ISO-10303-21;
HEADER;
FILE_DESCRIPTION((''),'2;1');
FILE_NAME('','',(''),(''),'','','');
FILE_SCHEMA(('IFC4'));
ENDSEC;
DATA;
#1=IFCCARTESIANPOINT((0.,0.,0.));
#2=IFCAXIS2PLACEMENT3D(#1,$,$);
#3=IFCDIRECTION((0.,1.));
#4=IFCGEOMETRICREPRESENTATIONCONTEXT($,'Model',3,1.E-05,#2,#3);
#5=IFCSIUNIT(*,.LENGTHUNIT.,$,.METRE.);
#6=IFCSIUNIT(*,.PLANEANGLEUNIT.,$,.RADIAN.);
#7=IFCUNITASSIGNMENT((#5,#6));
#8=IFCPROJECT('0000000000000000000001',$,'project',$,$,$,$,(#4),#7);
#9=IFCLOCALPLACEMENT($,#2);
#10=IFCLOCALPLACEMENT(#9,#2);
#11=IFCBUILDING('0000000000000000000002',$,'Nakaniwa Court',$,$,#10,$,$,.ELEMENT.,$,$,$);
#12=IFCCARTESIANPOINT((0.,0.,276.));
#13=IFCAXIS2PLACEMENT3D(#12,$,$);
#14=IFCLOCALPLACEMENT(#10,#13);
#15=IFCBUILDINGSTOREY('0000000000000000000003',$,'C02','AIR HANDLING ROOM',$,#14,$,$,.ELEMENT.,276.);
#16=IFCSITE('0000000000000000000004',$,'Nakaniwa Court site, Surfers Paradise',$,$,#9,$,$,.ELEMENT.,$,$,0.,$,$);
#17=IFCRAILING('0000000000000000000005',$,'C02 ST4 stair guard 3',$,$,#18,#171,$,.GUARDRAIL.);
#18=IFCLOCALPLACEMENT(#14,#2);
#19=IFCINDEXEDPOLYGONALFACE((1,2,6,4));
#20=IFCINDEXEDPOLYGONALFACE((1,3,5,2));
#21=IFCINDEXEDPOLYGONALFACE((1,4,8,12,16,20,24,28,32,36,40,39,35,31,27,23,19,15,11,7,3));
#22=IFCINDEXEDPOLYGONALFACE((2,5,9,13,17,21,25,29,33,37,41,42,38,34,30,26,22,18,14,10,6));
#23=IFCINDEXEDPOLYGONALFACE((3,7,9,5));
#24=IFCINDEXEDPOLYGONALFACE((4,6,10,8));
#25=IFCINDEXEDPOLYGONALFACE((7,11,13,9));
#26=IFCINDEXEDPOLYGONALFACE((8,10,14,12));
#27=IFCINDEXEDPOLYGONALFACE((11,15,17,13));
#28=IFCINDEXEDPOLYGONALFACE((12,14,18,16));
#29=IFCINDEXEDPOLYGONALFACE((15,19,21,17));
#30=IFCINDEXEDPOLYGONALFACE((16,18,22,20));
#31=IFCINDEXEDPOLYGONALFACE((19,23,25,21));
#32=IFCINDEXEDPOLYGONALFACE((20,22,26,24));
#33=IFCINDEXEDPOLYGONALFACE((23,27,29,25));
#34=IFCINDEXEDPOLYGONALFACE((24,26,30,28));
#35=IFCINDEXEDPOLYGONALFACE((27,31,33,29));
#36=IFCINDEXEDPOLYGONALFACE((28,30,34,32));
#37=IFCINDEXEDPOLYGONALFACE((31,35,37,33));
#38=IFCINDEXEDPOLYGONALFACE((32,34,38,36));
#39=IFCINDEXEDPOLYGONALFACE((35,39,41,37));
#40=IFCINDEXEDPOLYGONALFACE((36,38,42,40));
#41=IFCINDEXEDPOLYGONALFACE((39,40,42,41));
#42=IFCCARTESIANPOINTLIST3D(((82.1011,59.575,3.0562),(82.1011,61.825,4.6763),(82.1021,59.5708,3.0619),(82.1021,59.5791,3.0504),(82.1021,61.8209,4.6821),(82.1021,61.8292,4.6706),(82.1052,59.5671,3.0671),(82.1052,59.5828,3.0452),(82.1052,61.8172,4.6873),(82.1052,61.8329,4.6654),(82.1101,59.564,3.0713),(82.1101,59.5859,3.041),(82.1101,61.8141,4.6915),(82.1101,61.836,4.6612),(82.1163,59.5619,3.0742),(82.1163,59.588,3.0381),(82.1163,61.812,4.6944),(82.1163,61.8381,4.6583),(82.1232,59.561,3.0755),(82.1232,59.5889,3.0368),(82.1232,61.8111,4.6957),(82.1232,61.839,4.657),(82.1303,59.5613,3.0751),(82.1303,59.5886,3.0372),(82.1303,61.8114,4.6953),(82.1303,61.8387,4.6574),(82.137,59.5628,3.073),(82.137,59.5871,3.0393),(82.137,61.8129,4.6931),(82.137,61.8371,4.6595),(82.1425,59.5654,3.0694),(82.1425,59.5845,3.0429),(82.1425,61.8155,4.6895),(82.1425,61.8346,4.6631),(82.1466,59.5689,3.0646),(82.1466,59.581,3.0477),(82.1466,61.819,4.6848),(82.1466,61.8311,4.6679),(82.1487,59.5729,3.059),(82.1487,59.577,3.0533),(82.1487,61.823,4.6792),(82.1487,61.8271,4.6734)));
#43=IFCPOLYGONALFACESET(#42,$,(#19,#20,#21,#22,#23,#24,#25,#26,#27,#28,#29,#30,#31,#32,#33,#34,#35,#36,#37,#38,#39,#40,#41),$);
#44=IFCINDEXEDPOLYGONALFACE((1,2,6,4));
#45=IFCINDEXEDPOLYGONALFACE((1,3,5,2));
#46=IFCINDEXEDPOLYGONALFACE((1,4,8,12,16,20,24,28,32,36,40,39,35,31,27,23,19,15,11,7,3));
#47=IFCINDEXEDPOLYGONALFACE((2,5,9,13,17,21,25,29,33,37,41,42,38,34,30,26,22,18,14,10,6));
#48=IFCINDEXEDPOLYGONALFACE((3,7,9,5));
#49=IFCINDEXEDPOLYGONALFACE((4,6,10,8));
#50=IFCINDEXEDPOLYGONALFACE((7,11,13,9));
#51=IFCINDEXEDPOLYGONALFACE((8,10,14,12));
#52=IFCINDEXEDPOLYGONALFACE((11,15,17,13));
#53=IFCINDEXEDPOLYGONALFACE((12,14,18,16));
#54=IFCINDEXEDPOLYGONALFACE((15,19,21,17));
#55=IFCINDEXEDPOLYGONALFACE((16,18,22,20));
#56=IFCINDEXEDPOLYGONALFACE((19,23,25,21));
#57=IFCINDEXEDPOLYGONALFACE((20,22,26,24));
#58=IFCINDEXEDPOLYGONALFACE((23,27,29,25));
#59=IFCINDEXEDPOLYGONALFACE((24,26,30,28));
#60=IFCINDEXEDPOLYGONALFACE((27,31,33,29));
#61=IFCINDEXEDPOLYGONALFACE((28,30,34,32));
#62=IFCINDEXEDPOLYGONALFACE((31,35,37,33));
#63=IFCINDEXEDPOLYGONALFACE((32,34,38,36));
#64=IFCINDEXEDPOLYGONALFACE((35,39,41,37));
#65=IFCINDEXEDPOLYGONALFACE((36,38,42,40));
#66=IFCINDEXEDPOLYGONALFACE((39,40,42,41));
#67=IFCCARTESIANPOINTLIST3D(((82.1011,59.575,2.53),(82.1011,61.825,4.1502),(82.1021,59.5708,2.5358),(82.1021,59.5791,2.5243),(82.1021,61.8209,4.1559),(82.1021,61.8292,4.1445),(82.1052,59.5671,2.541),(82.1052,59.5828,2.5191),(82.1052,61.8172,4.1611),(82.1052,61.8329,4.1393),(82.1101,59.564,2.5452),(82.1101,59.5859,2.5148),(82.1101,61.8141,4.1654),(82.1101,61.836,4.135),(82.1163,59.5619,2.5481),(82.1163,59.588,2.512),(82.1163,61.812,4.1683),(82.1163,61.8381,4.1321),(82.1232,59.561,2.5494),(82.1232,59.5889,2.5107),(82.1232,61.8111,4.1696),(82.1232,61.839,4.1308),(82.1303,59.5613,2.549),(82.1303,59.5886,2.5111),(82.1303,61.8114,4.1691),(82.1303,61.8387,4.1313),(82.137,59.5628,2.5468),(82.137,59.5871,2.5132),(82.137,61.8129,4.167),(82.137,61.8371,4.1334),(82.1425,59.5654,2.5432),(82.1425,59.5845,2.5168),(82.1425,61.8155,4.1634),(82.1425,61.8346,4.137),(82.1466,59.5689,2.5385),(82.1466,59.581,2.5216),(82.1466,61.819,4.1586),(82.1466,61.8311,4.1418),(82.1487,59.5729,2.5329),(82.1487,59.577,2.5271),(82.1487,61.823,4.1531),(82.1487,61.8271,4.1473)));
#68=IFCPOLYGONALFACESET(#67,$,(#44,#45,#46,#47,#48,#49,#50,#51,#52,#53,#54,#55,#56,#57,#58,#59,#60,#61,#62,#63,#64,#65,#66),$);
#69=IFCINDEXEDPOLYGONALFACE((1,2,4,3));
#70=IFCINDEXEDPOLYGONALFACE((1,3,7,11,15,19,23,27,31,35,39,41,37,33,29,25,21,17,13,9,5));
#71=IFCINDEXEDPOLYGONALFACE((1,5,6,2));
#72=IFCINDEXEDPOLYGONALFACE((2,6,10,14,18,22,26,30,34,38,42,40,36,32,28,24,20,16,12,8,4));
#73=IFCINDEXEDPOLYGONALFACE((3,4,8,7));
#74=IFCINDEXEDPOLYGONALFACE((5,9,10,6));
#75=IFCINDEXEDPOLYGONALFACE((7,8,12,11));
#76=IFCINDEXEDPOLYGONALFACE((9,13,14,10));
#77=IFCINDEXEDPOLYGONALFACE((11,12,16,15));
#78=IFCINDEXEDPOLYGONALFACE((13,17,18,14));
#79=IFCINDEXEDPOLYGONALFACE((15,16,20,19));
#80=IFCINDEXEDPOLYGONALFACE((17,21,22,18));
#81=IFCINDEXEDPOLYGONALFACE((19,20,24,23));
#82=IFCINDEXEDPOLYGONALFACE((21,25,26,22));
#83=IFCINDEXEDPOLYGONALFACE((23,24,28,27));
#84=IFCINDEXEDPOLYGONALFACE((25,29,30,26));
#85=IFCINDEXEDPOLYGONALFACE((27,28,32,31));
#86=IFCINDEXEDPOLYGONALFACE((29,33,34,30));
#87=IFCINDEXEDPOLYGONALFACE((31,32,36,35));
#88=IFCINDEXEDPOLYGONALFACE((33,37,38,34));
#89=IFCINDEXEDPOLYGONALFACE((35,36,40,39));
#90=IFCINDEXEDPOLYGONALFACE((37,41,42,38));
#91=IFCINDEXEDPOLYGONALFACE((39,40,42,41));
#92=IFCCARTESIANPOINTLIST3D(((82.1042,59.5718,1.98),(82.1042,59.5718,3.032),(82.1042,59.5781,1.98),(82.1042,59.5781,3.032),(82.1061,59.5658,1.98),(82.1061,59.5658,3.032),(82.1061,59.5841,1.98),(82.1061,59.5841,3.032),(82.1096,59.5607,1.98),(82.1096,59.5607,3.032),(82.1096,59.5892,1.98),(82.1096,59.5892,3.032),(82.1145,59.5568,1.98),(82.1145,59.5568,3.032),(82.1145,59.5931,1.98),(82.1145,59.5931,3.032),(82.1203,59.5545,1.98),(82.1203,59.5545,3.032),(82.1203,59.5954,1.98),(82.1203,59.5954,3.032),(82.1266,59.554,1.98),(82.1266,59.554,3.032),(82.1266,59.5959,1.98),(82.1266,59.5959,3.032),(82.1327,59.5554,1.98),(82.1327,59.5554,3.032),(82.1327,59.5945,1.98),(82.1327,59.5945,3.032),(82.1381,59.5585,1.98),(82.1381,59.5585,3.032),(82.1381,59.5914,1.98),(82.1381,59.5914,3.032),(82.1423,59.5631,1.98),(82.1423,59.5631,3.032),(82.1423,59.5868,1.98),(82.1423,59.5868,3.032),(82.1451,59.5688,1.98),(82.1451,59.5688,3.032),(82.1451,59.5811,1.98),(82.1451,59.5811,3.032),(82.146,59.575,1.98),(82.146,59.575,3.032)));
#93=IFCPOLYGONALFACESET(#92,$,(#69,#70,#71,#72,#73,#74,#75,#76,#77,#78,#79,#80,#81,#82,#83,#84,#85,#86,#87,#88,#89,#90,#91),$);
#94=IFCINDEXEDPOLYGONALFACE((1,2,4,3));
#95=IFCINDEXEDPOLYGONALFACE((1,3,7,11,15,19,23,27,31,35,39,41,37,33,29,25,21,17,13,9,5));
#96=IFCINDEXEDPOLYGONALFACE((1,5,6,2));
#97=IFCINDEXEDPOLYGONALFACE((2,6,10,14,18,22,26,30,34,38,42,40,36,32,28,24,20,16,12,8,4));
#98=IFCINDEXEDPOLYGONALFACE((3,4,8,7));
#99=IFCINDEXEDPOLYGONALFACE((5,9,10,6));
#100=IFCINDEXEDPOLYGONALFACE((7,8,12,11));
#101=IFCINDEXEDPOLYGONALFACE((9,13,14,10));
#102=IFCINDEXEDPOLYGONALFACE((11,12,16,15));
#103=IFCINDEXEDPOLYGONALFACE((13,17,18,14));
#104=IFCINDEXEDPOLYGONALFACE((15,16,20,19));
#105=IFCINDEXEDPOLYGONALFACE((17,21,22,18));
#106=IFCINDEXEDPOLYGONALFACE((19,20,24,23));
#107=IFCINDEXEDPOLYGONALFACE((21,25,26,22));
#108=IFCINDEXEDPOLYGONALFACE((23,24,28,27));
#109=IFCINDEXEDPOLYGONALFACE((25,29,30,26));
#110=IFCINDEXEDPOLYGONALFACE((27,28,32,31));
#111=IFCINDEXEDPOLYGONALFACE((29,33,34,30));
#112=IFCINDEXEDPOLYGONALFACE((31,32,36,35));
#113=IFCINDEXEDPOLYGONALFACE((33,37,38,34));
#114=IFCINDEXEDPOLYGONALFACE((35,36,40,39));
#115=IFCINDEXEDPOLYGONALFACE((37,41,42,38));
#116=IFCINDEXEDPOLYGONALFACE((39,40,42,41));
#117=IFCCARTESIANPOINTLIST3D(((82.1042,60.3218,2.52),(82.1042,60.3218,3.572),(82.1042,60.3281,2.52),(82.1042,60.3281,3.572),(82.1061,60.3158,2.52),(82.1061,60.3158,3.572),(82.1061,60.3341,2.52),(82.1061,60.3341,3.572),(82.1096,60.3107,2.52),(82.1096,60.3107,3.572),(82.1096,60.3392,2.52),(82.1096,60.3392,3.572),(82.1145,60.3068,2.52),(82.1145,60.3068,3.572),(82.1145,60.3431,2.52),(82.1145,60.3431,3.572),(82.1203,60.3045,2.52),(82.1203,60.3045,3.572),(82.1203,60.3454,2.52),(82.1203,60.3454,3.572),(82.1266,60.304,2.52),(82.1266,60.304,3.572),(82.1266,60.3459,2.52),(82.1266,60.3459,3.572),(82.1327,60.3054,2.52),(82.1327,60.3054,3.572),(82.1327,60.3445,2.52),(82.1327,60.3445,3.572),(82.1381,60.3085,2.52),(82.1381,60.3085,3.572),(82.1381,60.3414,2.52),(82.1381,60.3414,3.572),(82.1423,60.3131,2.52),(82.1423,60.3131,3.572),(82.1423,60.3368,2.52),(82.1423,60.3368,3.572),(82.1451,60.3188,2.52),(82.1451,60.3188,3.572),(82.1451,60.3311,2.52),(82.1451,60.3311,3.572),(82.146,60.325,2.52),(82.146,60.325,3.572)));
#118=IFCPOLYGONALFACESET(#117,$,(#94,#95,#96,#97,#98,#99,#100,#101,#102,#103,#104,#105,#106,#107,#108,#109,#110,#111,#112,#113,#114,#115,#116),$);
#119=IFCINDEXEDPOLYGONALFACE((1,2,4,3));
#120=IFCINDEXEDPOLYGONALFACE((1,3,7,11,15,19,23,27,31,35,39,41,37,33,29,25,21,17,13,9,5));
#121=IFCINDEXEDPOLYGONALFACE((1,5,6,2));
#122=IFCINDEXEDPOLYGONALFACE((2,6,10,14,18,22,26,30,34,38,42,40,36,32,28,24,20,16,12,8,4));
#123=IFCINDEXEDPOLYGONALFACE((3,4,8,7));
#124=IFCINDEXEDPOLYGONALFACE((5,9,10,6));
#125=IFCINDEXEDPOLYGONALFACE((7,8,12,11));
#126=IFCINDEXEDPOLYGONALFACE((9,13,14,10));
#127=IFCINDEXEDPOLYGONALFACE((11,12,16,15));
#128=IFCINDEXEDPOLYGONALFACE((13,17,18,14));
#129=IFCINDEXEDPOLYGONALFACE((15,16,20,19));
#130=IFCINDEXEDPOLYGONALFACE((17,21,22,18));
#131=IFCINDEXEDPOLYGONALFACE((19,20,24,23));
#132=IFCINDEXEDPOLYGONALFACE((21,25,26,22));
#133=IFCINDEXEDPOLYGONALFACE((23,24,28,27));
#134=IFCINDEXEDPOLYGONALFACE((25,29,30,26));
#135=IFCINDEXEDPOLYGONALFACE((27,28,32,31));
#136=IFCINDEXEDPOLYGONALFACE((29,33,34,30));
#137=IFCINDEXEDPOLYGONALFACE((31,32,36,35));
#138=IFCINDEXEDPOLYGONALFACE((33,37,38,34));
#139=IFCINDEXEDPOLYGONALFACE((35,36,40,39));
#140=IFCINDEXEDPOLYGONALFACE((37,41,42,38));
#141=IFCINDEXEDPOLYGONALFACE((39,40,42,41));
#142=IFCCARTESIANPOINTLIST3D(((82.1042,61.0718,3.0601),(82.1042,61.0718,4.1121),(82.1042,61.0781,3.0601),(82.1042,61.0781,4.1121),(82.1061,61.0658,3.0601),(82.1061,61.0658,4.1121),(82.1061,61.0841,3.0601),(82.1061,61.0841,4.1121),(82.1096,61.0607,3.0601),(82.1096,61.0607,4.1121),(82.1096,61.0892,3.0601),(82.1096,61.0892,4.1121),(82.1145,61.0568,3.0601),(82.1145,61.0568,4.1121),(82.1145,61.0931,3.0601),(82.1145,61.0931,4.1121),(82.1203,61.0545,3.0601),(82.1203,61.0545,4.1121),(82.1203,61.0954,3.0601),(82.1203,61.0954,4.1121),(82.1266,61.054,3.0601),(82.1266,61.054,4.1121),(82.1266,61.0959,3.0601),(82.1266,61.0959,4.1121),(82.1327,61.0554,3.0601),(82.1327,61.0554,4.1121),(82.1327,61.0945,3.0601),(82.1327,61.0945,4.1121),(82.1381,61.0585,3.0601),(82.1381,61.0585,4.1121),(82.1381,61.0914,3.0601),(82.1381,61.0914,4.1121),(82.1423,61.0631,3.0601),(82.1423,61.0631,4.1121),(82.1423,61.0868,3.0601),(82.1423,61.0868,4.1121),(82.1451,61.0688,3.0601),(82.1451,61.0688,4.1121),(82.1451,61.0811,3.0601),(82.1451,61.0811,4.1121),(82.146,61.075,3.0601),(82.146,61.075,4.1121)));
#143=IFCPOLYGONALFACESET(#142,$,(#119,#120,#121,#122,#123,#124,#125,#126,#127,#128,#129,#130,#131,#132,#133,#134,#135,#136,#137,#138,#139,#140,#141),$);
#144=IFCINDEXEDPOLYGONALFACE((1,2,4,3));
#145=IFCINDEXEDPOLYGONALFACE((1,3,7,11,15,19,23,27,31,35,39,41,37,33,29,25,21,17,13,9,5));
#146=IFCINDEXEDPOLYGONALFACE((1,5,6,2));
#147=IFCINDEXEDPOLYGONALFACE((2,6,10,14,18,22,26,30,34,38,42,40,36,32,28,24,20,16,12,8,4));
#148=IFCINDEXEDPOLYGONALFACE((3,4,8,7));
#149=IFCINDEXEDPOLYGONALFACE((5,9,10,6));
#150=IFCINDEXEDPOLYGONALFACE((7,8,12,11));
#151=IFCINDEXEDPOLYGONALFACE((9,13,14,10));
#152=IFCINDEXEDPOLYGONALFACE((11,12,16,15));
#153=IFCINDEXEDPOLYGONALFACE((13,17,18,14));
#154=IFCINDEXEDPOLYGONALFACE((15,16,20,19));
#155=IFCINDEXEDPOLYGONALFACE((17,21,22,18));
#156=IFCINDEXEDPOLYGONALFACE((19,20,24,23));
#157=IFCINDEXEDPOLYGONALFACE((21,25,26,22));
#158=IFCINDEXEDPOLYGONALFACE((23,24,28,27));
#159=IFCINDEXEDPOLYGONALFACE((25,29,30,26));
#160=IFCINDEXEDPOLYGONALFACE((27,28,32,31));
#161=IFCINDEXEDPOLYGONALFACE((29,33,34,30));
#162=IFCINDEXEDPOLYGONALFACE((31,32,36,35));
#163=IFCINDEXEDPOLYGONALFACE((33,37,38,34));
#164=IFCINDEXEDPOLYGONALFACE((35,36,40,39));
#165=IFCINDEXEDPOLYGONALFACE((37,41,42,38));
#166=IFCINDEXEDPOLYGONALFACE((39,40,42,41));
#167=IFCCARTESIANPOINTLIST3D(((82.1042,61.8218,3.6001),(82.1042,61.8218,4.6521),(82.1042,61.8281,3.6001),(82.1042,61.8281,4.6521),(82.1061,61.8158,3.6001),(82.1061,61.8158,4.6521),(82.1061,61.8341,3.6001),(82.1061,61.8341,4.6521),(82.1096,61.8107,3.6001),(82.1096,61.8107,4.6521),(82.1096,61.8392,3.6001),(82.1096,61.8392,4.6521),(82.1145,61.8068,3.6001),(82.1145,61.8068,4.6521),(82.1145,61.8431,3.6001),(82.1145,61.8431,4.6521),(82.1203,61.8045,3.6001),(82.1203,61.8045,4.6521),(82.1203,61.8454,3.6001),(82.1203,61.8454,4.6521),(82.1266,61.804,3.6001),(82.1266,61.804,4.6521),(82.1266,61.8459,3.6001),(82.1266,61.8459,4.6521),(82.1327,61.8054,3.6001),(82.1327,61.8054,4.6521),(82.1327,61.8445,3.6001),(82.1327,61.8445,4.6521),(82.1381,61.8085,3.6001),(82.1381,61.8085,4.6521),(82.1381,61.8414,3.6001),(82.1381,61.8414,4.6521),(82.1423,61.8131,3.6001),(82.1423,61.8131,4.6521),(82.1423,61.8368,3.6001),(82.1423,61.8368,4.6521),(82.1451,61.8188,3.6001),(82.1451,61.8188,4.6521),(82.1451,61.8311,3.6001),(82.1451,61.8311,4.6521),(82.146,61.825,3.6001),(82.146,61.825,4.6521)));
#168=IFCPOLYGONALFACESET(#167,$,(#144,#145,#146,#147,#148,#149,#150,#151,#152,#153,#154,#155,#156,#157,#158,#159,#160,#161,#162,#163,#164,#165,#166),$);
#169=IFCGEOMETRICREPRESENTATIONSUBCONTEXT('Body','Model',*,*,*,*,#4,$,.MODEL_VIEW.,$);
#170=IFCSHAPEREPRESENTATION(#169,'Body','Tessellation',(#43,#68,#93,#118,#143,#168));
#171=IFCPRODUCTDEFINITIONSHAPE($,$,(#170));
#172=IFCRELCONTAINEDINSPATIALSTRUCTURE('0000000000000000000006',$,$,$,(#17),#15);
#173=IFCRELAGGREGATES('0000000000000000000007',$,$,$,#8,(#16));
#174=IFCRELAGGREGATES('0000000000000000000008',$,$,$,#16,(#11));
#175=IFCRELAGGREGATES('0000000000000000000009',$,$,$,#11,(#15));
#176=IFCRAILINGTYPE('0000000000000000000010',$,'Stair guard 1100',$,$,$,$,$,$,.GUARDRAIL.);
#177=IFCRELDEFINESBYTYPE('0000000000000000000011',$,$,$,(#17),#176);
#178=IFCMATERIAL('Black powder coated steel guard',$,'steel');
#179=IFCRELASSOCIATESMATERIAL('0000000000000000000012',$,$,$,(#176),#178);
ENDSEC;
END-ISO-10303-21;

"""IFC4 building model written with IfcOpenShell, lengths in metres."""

from ifc_helpers import new_model, si_unit, direction, frame, origin, origin_2d, place, context, subcontext, project, spatial, circle, extrude, material, type_object, element, save


model = new_model("IFC4")

# Units and contexts
model_context = context("Model", 3, precision=1e-05, world=origin(), true_north=direction((0.0, 1.0)))
body_context = subcontext(model_context, "Body", "Model", "MODEL_VIEW")
ifc_project = project(units=[si_unit("LENGTHUNIT", "METRE"), si_unit("PLANEANGLEUNIT", "RADIAN")], contexts=[model_context])

# Site, building, storey
site_placement = place(None, origin())
site = spatial("IfcSite", under=ifc_project, at=site_placement, Name="Nakaniwa Court site, Surfers Paradise", CompositionType="ELEMENT", RefElevation=0.0)
building_placement = place(site_placement, origin())
building = spatial("IfcBuilding", under=site, at=building_placement, Name="Nakaniwa Court", CompositionType="ELEMENT")
storey_placement = place(building_placement, frame((0.0, 0.0, 276.0)))
storey = spatial("IfcBuildingStorey", under=building, at=storey_placement, Name="C02", Description="AIR HANDLING ROOM", CompositionType="ELEMENT", Elevation=276.0)

# Railing
ifc_material_1 = material(Name="Black powder coated steel guard", Category="steel")
railing_type_1 = type_object("IfcRailingType", Name="Stair guard 1100", PredefinedType="GUARDRAIL", material=ifc_material_1)
railing_1_placement = place(storey_placement, frame((82.125, 59.575, 1.98)))
element("IfcRailing", 1, at=railing_1_placement, inside=storey, type_object=railing_type_1, Name="C02 ST4 stair guard 3", PredefinedType="GUARDRAIL", context=body_context, shape_type="SweptSolid", body=[
    extrude(circle(Radius=0.0239, at=origin_2d()), frame((0.0, 0.0, 1.0762), z_axis=(0.0, 0.811514, 0.584333), x_axis=(-1.0, 0.0, 0.0)), (0.0, 0.0, 1.0), 2.7727),
    extrude(circle(Radius=0.0239, at=origin_2d()), frame((0.0, 0.0, 0.55), z_axis=(0.0, 0.811514, 0.584333), x_axis=(-1.0, 0.0, 0.0)), (0.0, 0.0, 1.0), 2.7727),
    extrude(circle(Radius=0.021, at=origin_2d()), origin(), (0.0, 0.0, 1.0), 1.052),
    extrude(circle(Radius=0.021, at=origin_2d()), frame((0.0, 0.75, 0.54)), (0.0, 0.0, 1.0), 1.052),
    extrude(circle(Radius=0.021, at=origin_2d()), frame((0.0, 1.5, 1.0801)), (0.0, 0.0, 1.0), 1.052),
    extrude(circle(Radius=0.021, at=origin_2d()), frame((0.0, 2.25, 1.6201)), (0.0, 0.0, 1.0), 1.052),
])

save(model, "model.ifc")
